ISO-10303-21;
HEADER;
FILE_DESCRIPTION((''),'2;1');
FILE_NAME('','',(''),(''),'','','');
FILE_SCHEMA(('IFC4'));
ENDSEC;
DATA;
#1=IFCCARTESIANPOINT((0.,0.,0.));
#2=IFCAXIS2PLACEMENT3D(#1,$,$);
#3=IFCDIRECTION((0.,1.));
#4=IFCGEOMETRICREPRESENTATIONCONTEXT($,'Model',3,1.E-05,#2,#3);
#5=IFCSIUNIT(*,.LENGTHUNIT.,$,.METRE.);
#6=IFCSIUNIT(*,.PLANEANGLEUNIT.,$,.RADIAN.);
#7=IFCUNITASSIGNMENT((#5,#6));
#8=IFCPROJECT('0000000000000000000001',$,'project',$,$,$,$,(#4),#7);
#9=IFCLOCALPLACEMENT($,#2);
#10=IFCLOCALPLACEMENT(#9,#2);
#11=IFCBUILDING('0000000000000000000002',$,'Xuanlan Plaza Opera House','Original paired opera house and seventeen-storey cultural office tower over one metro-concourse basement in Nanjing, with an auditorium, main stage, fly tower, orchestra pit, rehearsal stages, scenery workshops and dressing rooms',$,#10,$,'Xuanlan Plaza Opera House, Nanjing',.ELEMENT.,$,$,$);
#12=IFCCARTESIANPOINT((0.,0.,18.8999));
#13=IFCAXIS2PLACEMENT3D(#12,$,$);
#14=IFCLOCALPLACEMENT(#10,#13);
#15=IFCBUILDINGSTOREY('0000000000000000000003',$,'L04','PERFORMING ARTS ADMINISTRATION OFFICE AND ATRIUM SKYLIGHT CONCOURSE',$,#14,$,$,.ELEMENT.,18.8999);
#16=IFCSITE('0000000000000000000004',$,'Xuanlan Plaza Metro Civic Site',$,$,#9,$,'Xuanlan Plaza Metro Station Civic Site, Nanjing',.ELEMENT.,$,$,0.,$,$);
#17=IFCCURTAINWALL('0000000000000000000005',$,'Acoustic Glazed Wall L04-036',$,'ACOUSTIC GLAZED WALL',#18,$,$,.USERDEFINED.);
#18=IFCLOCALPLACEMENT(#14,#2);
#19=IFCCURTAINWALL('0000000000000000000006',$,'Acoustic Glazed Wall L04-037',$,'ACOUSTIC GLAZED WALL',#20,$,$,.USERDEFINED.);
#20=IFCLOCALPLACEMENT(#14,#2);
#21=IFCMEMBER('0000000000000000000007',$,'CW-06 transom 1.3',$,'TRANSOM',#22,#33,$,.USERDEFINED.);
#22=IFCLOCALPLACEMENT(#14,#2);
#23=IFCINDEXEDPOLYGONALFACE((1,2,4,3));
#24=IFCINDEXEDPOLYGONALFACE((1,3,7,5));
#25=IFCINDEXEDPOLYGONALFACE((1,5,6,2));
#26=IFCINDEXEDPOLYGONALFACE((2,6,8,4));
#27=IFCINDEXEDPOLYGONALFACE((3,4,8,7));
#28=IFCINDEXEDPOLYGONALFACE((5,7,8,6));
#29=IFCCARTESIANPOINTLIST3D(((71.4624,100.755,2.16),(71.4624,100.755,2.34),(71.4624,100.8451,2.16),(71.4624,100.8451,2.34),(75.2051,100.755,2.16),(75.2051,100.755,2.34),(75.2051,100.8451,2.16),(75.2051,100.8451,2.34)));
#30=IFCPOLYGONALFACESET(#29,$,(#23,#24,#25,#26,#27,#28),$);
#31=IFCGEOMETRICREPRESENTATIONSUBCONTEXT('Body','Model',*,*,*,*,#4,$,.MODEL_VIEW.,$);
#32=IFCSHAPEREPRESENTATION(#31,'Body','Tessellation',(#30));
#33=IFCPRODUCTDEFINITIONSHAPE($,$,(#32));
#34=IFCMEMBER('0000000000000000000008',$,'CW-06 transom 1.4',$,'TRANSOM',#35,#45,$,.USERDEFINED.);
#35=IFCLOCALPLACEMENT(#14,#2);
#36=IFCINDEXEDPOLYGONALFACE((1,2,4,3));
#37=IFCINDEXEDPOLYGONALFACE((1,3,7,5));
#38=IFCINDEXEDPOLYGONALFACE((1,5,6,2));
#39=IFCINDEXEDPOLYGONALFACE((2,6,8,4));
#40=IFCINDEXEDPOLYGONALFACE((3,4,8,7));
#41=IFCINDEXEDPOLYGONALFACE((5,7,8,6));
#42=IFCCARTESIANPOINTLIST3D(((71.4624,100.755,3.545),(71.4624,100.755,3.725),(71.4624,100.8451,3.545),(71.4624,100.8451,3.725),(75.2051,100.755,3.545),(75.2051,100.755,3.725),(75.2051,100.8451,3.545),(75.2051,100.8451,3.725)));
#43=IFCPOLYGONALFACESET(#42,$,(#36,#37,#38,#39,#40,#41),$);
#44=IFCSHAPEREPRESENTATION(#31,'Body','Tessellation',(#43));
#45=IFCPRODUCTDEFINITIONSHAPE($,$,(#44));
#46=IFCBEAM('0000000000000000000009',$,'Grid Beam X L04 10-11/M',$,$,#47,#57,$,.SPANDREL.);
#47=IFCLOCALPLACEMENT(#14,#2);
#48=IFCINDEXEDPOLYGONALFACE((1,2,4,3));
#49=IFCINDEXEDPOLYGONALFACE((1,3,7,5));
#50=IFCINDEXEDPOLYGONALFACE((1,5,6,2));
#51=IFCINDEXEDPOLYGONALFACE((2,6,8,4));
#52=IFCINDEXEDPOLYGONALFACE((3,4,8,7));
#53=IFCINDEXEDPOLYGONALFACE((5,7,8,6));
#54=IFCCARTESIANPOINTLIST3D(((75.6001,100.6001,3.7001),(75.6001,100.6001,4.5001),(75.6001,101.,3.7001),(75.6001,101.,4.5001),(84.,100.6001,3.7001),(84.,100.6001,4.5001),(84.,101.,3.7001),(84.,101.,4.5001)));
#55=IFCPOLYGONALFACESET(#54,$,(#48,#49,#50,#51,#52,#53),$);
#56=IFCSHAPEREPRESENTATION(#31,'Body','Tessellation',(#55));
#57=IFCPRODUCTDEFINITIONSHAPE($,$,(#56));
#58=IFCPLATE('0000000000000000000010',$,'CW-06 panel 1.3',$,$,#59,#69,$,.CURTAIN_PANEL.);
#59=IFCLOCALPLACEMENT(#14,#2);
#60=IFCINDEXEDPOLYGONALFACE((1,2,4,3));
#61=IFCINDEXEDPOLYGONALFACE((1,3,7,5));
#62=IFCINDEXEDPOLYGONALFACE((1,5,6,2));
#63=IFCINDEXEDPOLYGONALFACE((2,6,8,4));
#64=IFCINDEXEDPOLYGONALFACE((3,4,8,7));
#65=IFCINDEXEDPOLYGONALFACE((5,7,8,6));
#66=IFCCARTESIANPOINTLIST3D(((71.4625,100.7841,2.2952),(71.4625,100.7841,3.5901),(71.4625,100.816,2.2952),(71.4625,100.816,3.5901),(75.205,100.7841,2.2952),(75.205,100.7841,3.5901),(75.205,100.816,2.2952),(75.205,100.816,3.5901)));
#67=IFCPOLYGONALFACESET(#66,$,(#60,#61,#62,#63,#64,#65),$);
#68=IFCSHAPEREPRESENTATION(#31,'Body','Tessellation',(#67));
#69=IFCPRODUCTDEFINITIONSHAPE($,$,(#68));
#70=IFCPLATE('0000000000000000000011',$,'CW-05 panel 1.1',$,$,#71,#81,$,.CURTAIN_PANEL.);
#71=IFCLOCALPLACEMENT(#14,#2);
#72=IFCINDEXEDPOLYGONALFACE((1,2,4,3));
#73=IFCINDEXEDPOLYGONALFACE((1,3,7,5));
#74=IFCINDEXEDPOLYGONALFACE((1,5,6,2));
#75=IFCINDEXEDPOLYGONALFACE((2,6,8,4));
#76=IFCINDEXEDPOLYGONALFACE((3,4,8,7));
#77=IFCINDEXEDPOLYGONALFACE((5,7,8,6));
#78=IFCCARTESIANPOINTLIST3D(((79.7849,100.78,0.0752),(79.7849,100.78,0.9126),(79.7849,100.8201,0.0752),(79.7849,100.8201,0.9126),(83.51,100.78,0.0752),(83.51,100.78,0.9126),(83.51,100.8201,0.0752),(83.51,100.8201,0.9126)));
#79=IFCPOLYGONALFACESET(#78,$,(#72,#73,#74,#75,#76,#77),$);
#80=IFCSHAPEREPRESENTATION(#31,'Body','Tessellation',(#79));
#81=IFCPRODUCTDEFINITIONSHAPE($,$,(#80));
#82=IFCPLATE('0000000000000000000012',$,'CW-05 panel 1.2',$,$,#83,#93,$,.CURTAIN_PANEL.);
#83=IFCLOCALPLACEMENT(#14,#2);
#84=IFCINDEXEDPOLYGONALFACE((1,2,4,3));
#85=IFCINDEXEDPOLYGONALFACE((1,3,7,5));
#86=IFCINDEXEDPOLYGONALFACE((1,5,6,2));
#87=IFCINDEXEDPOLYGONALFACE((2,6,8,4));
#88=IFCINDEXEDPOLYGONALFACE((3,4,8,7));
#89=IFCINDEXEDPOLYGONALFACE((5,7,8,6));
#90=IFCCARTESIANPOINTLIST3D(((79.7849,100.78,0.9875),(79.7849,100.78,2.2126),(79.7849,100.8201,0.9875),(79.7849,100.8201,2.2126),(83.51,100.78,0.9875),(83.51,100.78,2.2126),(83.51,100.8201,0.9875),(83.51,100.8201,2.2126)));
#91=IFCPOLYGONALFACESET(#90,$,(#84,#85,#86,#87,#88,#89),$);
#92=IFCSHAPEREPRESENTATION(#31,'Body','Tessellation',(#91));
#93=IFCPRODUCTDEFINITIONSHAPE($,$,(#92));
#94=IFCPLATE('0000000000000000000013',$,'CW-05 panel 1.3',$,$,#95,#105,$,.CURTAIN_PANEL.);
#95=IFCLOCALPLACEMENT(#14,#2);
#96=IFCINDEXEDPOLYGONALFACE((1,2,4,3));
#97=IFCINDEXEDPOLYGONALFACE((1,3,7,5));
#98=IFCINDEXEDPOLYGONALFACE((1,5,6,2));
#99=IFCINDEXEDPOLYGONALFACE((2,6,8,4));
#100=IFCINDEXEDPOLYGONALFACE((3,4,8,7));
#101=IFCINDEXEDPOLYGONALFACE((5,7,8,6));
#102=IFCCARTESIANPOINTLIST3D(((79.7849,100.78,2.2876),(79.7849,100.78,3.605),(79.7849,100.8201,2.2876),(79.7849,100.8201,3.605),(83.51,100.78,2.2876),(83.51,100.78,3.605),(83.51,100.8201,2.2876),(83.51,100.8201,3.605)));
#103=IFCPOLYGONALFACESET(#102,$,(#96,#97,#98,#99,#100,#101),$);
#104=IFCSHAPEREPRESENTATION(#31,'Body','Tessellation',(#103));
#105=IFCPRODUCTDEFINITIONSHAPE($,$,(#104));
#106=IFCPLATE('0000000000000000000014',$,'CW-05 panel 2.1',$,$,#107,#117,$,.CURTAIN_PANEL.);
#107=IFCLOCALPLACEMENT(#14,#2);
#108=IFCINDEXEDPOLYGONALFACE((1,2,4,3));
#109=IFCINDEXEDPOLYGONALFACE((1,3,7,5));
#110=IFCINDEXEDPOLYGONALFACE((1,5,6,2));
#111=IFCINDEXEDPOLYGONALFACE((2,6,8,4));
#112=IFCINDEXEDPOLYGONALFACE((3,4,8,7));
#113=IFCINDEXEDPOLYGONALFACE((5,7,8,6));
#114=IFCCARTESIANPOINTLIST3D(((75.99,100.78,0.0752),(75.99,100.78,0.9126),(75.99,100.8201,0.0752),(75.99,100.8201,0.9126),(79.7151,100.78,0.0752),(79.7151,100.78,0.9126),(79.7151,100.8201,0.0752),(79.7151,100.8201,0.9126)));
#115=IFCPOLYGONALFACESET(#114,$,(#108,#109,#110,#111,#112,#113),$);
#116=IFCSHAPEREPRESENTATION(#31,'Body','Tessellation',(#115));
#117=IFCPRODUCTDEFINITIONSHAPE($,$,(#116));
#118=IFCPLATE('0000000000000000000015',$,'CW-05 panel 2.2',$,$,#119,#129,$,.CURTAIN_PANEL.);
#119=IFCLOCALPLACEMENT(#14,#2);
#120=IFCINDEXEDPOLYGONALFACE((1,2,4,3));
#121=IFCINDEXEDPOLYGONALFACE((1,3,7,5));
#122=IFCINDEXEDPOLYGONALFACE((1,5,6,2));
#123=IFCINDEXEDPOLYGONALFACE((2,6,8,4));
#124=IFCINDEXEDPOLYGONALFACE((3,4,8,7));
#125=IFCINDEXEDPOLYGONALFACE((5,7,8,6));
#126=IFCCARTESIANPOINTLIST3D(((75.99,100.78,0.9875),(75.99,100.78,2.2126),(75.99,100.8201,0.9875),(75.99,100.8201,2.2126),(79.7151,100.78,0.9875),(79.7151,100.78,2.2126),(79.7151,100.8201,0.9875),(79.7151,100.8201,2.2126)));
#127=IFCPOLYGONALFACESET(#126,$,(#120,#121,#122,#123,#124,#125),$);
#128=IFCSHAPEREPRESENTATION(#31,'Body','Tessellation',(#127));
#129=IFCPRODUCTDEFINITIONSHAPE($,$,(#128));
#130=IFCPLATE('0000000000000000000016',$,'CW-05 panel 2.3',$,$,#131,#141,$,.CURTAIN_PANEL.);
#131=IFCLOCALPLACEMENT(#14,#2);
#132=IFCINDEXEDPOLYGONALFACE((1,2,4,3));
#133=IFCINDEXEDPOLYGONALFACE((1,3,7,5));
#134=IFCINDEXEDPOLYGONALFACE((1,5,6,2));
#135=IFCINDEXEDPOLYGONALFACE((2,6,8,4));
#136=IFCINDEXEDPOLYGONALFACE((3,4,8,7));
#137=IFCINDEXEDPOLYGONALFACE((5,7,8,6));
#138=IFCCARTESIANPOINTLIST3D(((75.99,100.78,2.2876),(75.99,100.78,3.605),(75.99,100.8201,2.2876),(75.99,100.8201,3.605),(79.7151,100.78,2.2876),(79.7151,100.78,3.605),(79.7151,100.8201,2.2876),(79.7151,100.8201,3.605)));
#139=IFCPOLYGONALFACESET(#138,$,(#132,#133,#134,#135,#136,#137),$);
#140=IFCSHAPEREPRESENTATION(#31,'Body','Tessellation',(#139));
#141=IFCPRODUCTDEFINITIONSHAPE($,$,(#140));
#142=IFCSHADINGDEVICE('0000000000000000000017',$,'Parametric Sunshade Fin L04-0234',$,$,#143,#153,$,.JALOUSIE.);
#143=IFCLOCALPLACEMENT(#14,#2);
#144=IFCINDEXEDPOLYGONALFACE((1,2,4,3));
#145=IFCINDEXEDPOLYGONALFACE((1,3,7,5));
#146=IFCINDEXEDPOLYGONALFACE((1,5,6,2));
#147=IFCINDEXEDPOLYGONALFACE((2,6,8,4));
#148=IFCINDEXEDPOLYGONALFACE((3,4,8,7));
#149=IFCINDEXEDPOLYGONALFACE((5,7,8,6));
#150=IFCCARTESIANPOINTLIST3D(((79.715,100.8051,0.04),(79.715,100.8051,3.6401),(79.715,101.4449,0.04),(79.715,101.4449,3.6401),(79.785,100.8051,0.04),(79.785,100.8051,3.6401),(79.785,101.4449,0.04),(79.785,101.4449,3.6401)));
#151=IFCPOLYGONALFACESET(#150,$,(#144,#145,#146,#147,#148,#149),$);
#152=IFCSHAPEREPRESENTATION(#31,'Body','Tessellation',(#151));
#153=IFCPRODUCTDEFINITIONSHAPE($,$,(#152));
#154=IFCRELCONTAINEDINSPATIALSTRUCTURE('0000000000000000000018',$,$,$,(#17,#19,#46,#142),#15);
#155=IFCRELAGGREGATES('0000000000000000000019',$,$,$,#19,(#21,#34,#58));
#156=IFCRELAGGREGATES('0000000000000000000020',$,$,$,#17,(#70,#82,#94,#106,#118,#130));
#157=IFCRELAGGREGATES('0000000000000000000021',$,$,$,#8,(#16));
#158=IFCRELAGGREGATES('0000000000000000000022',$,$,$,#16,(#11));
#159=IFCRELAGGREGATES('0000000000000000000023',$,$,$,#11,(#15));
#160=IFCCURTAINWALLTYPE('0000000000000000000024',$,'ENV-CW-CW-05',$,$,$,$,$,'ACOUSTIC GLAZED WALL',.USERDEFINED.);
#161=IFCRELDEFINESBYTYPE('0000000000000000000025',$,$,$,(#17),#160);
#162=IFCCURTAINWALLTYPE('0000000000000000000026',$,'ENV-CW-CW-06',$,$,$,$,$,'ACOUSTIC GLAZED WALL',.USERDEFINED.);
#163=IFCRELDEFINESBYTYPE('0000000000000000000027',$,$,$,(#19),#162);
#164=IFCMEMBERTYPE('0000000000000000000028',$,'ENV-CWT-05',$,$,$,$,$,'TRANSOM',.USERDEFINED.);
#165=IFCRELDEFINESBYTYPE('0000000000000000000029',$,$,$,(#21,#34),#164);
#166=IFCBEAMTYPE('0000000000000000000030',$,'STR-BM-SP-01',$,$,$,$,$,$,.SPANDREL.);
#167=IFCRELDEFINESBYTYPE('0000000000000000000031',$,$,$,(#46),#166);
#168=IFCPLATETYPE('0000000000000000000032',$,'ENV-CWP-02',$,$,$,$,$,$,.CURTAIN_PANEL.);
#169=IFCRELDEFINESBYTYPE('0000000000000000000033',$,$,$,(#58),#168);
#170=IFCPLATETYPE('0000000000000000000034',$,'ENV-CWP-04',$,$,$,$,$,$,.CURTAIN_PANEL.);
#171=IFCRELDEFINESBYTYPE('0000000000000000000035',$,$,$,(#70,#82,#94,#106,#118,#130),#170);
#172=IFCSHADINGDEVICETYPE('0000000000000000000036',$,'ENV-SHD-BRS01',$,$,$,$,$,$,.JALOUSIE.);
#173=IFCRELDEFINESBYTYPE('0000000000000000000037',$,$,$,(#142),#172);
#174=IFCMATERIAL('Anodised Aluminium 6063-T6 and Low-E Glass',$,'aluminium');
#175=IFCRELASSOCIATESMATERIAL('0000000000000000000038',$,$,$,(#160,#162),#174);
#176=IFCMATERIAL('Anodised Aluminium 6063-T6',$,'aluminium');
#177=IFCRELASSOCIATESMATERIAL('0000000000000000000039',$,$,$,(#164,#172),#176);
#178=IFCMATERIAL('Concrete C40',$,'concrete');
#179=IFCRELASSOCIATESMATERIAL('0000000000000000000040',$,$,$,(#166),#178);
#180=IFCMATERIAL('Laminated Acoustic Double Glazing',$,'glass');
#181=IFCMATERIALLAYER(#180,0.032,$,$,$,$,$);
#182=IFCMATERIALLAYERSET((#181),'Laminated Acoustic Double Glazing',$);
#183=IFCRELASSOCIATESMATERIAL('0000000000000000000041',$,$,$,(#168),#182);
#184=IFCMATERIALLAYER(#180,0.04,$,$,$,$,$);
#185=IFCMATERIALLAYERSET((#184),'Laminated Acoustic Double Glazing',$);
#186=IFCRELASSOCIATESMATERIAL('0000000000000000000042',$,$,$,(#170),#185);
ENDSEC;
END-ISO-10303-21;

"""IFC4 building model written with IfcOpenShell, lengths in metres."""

from ifc_helpers import new_model, si_unit, direction, frame, origin, origin_2d, place, context, subcontext, project, spatial, rectangle, extrude, material, layer, layer_set, material_profile, profile_set, type_object, element, aggregate, save


model = new_model("IFC4")

# Units and contexts
model_context = context("Model", 3, precision=1e-05, world=origin(), true_north=direction((0.0, 1.0)))
body_context = subcontext(model_context, "Body", "Model", "MODEL_VIEW")
ifc_project = project(units=[si_unit("LENGTHUNIT", "METRE"), si_unit("PLANEANGLEUNIT", "RADIAN")], contexts=[model_context])

# Site, building, storey
site_placement = place(None, origin())
site = spatial("IfcSite", under=ifc_project, at=site_placement, Name="Xuanlan Plaza Metro Civic Site", LongName="Xuanlan Plaza Metro Station Civic Site, Nanjing", CompositionType="ELEMENT", RefElevation=0.0)
building_placement = place(site_placement, origin())
building = spatial("IfcBuilding", under=site, at=building_placement, Name="Xuanlan Plaza Opera House", Description="Original paired opera house and seventeen-storey cultural office tower over one metro-concourse basement in Nanjing, with an auditorium, main stage, fly tower, orchestra pit, rehearsal stages, scenery workshops and dressing rooms", LongName="Xuanlan Plaza Opera House, Nanjing", CompositionType="ELEMENT")
storey_placement = place(building_placement, frame((0.0, 0.0, 18.8999)))
storey = spatial("IfcBuildingStorey", under=building, at=storey_placement, Name="L04", Description="PERFORMING ARTS ADMINISTRATION OFFICE AND ATRIUM SKYLIGHT CONCOURSE", CompositionType="ELEMENT", Elevation=18.8999)

# Shared definitions
ifc_material_1 = material(Name="Concrete C40", Category="concrete")

# Curtain wall
ifc_material_2 = material(Name="Anodised Aluminium 6063-T6 and Low-E Glass", Category="aluminium")
curtain_wall_type_1 = type_object("IfcCurtainWallType", Name="ENV-CW-CW-05", ElementType="ACOUSTIC GLAZED WALL", PredefinedType="USERDEFINED", material=ifc_material_2)
curtain_wall_1_placement = place(storey_placement, origin())
curtain_wall_1 = element("IfcCurtainWall", 1, at=curtain_wall_1_placement, inside=storey, type_object=curtain_wall_type_1, Name="Acoustic Glazed Wall L04-036", ObjectType="ACOUSTIC GLAZED WALL", PredefinedType="USERDEFINED")
ifc_material_3 = material(Name="Anodised Aluminium 6063-T6", Category="aluminium")

# Curtain wall
curtain_wall_type_2 = type_object("IfcCurtainWallType", Name="ENV-CW-CW-06", ElementType="ACOUSTIC GLAZED WALL", PredefinedType="USERDEFINED", material=ifc_material_2)
curtain_wall_2_placement = place(storey_placement, origin())
curtain_wall_2 = element("IfcCurtainWall", 2, at=curtain_wall_2_placement, inside=storey, type_object=curtain_wall_type_2, Name="Acoustic Glazed Wall L04-037", ObjectType="ACOUSTIC GLAZED WALL", PredefinedType="USERDEFINED")

# Members
ifc_material_profile_1 = material_profile(ifc_material_3, rectangle(XDim=0.0901, YDim=0.1799, at=origin_2d()), Name="ALU-T 90x180")
ifc_profile_set_1 = profile_set([ifc_material_profile_1], Name="Anodised Aluminium 6063-T6")
member_type_1 = type_object("IfcMemberType", Name="ENV-CWT-05", ElementType="TRANSOM", PredefinedType="USERDEFINED", material=ifc_profile_set_1)
member_1_placement = place(storey_placement, frame((75.2051, 100.8, 2.25), z_axis=(-1.0, 0.0, 0.0), x_axis=(0.0, -1.0, 0.0)))
member_1 = element("IfcMember", 3, at=member_1_placement, type_object=member_type_1, Name="CW-06 transom 1.3", ObjectType="TRANSOM", PredefinedType="USERDEFINED", context=body_context, shape_type="SweptSolid", body=[
    extrude(rectangle(XDim=0.0901, YDim=0.1799, at=origin_2d()), origin(), (0.0, 0.0, 1.0), 3.7427),
])
member_2_placement = place(storey_placement, frame((75.2051, 100.8, 3.635), z_axis=(-1.0, 0.0, 0.0), x_axis=(0.0, -1.0, 0.0)))
member_2 = element("IfcMember", 4, at=member_2_placement, type_object=member_type_1, Name="CW-06 transom 1.4", ObjectType="TRANSOM", PredefinedType="USERDEFINED", context=body_context, shape_type="SweptSolid", body=[
    extrude(rectangle(XDim=0.0901, YDim=0.1799, at=origin_2d()), origin(), (0.0, 0.0, 1.0), 3.7427),
])

# Beam
ifc_material_profile_2 = material_profile(ifc_material_1, rectangle(XDim=0.3999, YDim=0.8, at=origin_2d()), Name="RC-SPD 400x800")
ifc_profile_set_2 = profile_set([ifc_material_profile_2], Name="Concrete C40")
beam_type = type_object("IfcBeamType", Name="STR-BM-SP-01", PredefinedType="SPANDREL", material=ifc_profile_set_2)
beam_placement = place(storey_placement, frame((75.6001, 100.8, 4.1001), z_axis=(1.0, 0.0, 0.0), x_axis=(0.0, 1.0, 0.0)))
element("IfcBeam", 5, at=beam_placement, inside=storey, type_object=beam_type, Name="Grid Beam X L04 10-11/M", PredefinedType="SPANDREL", context=body_context, shape_type="SweptSolid", body=[
    extrude(rectangle(XDim=0.3999, YDim=0.8, at=origin_2d()), origin(), (0.0, 0.0, 1.0), 8.3999),
])

# Plates
ifc_material_4 = material(Name="Laminated Acoustic Double Glazing", Category="glass")
ifc_layer_1 = layer(ifc_material_4, 0.032)
ifc_layer_set_1 = layer_set([ifc_layer_1], Name="Laminated Acoustic Double Glazing")
plate_type_1 = type_object("IfcPlateType", Name="ENV-CWP-02", PredefinedType="CURTAIN_PANEL", material=ifc_layer_set_1)
plate_1_placement = place(storey_placement, frame((73.3337, 100.8, 2.2952), z_axis=(0.0, 0.0, 1.0), x_axis=(-1.0, 0.0, 0.0)))
plate_1 = element("IfcPlate", 6, at=plate_1_placement, type_object=plate_type_1, Name="CW-06 panel 1.3", PredefinedType="CURTAIN_PANEL", context=body_context, shape_type="SweptSolid", body=[
    extrude(rectangle(XDim=3.7424, YDim=0.032, at=origin_2d()), origin(), (0.0, 0.0, 1.0), 1.2949),
])
aggregate(curtain_wall_2, [member_1, member_2, plate_1])
ifc_layer_2 = layer(ifc_material_4, 0.04)
ifc_layer_set_2 = layer_set([ifc_layer_2], Name="Laminated Acoustic Double Glazing")
plate_type_2 = type_object("IfcPlateType", Name="ENV-CWP-04", PredefinedType="CURTAIN_PANEL", material=ifc_layer_set_2)
plate_2_placement = place(storey_placement, frame((81.6475, 100.8, 0.0752), z_axis=(0.0, 0.0, 1.0), x_axis=(-1.0, 0.0, 0.0)))
plate_2 = element("IfcPlate", 7, at=plate_2_placement, type_object=plate_type_2, Name="CW-05 panel 1.1", PredefinedType="CURTAIN_PANEL", context=body_context, shape_type="SweptSolid", body=[
    extrude(rectangle(XDim=3.7251, YDim=0.04, at=origin_2d()), origin(), (0.0, 0.0, 1.0), 0.8374),
])
plate_3_placement = place(storey_placement, frame((81.6475, 100.8, 0.9875), z_axis=(0.0, 0.0, 1.0), x_axis=(-1.0, 0.0, 0.0)))
plate_3 = element("IfcPlate", 8, at=plate_3_placement, type_object=plate_type_2, Name="CW-05 panel 1.2", PredefinedType="CURTAIN_PANEL", context=body_context, shape_type="SweptSolid", body=[
    extrude(rectangle(XDim=3.7251, YDim=0.04, at=origin_2d()), origin(), (0.0, 0.0, 1.0), 1.2251),
])
plate_4_placement = place(storey_placement, frame((81.6475, 100.8, 2.2876), z_axis=(0.0, 0.0, 1.0), x_axis=(-1.0, 0.0, 0.0)))
plate_4 = element("IfcPlate", 9, at=plate_4_placement, type_object=plate_type_2, Name="CW-05 panel 1.3", PredefinedType="CURTAIN_PANEL", context=body_context, shape_type="SweptSolid", body=[
    extrude(rectangle(XDim=3.7251, YDim=0.04, at=origin_2d()), origin(), (0.0, 0.0, 1.0), 1.3174),
])
plate_5_placement = place(storey_placement, frame((77.8525, 100.8, 0.0752), z_axis=(0.0, 0.0, 1.0), x_axis=(-1.0, 0.0, 0.0)))
plate_5 = element("IfcPlate", 10, at=plate_5_placement, type_object=plate_type_2, Name="CW-05 panel 2.1", PredefinedType="CURTAIN_PANEL", context=body_context, shape_type="SweptSolid", body=[
    extrude(rectangle(XDim=3.7251, YDim=0.04, at=origin_2d()), origin(), (0.0, 0.0, 1.0), 0.8374),
])
plate_6_placement = place(storey_placement, frame((77.8525, 100.8, 0.9875), z_axis=(0.0, 0.0, 1.0), x_axis=(-1.0, 0.0, 0.0)))
plate_6 = element("IfcPlate", 11, at=plate_6_placement, type_object=plate_type_2, Name="CW-05 panel 2.2", PredefinedType="CURTAIN_PANEL", context=body_context, shape_type="SweptSolid", body=[
    extrude(rectangle(XDim=3.7251, YDim=0.04, at=origin_2d()), origin(), (0.0, 0.0, 1.0), 1.2251),
])
plate_7_placement = place(storey_placement, frame((77.8525, 100.8, 2.2876), z_axis=(0.0, 0.0, 1.0), x_axis=(-1.0, 0.0, 0.0)))
plate_7 = element("IfcPlate", 12, at=plate_7_placement, type_object=plate_type_2, Name="CW-05 panel 2.3", PredefinedType="CURTAIN_PANEL", context=body_context, shape_type="SweptSolid", body=[
    extrude(rectangle(XDim=3.7251, YDim=0.04, at=origin_2d()), origin(), (0.0, 0.0, 1.0), 1.3174),
])
aggregate(curtain_wall_1, [plate_2, plate_3, plate_4, plate_5, plate_6, plate_7])

# Shading device
shading_device_type = type_object("IfcShadingDeviceType", Name="ENV-SHD-BRS01", PredefinedType="JALOUSIE", material=ifc_material_3)
shading_device_placement = place(storey_placement, frame((79.75, 101.125, 0.04), z_axis=(0.0, 0.0, 1.0), x_axis=(0.0, 1.0, 0.0)))
element("IfcShadingDevice", 13, at=shading_device_placement, inside=storey, type_object=shading_device_type, Name="Parametric Sunshade Fin L04-0234", PredefinedType="JALOUSIE", context=body_context, shape_type="SweptSolid", body=[
    extrude(rectangle(XDim=0.6399, YDim=0.0701, at=origin_2d()), origin(), (0.0, 0.0, 1.0), 3.6001),
])

save(model, "model.ifc")
